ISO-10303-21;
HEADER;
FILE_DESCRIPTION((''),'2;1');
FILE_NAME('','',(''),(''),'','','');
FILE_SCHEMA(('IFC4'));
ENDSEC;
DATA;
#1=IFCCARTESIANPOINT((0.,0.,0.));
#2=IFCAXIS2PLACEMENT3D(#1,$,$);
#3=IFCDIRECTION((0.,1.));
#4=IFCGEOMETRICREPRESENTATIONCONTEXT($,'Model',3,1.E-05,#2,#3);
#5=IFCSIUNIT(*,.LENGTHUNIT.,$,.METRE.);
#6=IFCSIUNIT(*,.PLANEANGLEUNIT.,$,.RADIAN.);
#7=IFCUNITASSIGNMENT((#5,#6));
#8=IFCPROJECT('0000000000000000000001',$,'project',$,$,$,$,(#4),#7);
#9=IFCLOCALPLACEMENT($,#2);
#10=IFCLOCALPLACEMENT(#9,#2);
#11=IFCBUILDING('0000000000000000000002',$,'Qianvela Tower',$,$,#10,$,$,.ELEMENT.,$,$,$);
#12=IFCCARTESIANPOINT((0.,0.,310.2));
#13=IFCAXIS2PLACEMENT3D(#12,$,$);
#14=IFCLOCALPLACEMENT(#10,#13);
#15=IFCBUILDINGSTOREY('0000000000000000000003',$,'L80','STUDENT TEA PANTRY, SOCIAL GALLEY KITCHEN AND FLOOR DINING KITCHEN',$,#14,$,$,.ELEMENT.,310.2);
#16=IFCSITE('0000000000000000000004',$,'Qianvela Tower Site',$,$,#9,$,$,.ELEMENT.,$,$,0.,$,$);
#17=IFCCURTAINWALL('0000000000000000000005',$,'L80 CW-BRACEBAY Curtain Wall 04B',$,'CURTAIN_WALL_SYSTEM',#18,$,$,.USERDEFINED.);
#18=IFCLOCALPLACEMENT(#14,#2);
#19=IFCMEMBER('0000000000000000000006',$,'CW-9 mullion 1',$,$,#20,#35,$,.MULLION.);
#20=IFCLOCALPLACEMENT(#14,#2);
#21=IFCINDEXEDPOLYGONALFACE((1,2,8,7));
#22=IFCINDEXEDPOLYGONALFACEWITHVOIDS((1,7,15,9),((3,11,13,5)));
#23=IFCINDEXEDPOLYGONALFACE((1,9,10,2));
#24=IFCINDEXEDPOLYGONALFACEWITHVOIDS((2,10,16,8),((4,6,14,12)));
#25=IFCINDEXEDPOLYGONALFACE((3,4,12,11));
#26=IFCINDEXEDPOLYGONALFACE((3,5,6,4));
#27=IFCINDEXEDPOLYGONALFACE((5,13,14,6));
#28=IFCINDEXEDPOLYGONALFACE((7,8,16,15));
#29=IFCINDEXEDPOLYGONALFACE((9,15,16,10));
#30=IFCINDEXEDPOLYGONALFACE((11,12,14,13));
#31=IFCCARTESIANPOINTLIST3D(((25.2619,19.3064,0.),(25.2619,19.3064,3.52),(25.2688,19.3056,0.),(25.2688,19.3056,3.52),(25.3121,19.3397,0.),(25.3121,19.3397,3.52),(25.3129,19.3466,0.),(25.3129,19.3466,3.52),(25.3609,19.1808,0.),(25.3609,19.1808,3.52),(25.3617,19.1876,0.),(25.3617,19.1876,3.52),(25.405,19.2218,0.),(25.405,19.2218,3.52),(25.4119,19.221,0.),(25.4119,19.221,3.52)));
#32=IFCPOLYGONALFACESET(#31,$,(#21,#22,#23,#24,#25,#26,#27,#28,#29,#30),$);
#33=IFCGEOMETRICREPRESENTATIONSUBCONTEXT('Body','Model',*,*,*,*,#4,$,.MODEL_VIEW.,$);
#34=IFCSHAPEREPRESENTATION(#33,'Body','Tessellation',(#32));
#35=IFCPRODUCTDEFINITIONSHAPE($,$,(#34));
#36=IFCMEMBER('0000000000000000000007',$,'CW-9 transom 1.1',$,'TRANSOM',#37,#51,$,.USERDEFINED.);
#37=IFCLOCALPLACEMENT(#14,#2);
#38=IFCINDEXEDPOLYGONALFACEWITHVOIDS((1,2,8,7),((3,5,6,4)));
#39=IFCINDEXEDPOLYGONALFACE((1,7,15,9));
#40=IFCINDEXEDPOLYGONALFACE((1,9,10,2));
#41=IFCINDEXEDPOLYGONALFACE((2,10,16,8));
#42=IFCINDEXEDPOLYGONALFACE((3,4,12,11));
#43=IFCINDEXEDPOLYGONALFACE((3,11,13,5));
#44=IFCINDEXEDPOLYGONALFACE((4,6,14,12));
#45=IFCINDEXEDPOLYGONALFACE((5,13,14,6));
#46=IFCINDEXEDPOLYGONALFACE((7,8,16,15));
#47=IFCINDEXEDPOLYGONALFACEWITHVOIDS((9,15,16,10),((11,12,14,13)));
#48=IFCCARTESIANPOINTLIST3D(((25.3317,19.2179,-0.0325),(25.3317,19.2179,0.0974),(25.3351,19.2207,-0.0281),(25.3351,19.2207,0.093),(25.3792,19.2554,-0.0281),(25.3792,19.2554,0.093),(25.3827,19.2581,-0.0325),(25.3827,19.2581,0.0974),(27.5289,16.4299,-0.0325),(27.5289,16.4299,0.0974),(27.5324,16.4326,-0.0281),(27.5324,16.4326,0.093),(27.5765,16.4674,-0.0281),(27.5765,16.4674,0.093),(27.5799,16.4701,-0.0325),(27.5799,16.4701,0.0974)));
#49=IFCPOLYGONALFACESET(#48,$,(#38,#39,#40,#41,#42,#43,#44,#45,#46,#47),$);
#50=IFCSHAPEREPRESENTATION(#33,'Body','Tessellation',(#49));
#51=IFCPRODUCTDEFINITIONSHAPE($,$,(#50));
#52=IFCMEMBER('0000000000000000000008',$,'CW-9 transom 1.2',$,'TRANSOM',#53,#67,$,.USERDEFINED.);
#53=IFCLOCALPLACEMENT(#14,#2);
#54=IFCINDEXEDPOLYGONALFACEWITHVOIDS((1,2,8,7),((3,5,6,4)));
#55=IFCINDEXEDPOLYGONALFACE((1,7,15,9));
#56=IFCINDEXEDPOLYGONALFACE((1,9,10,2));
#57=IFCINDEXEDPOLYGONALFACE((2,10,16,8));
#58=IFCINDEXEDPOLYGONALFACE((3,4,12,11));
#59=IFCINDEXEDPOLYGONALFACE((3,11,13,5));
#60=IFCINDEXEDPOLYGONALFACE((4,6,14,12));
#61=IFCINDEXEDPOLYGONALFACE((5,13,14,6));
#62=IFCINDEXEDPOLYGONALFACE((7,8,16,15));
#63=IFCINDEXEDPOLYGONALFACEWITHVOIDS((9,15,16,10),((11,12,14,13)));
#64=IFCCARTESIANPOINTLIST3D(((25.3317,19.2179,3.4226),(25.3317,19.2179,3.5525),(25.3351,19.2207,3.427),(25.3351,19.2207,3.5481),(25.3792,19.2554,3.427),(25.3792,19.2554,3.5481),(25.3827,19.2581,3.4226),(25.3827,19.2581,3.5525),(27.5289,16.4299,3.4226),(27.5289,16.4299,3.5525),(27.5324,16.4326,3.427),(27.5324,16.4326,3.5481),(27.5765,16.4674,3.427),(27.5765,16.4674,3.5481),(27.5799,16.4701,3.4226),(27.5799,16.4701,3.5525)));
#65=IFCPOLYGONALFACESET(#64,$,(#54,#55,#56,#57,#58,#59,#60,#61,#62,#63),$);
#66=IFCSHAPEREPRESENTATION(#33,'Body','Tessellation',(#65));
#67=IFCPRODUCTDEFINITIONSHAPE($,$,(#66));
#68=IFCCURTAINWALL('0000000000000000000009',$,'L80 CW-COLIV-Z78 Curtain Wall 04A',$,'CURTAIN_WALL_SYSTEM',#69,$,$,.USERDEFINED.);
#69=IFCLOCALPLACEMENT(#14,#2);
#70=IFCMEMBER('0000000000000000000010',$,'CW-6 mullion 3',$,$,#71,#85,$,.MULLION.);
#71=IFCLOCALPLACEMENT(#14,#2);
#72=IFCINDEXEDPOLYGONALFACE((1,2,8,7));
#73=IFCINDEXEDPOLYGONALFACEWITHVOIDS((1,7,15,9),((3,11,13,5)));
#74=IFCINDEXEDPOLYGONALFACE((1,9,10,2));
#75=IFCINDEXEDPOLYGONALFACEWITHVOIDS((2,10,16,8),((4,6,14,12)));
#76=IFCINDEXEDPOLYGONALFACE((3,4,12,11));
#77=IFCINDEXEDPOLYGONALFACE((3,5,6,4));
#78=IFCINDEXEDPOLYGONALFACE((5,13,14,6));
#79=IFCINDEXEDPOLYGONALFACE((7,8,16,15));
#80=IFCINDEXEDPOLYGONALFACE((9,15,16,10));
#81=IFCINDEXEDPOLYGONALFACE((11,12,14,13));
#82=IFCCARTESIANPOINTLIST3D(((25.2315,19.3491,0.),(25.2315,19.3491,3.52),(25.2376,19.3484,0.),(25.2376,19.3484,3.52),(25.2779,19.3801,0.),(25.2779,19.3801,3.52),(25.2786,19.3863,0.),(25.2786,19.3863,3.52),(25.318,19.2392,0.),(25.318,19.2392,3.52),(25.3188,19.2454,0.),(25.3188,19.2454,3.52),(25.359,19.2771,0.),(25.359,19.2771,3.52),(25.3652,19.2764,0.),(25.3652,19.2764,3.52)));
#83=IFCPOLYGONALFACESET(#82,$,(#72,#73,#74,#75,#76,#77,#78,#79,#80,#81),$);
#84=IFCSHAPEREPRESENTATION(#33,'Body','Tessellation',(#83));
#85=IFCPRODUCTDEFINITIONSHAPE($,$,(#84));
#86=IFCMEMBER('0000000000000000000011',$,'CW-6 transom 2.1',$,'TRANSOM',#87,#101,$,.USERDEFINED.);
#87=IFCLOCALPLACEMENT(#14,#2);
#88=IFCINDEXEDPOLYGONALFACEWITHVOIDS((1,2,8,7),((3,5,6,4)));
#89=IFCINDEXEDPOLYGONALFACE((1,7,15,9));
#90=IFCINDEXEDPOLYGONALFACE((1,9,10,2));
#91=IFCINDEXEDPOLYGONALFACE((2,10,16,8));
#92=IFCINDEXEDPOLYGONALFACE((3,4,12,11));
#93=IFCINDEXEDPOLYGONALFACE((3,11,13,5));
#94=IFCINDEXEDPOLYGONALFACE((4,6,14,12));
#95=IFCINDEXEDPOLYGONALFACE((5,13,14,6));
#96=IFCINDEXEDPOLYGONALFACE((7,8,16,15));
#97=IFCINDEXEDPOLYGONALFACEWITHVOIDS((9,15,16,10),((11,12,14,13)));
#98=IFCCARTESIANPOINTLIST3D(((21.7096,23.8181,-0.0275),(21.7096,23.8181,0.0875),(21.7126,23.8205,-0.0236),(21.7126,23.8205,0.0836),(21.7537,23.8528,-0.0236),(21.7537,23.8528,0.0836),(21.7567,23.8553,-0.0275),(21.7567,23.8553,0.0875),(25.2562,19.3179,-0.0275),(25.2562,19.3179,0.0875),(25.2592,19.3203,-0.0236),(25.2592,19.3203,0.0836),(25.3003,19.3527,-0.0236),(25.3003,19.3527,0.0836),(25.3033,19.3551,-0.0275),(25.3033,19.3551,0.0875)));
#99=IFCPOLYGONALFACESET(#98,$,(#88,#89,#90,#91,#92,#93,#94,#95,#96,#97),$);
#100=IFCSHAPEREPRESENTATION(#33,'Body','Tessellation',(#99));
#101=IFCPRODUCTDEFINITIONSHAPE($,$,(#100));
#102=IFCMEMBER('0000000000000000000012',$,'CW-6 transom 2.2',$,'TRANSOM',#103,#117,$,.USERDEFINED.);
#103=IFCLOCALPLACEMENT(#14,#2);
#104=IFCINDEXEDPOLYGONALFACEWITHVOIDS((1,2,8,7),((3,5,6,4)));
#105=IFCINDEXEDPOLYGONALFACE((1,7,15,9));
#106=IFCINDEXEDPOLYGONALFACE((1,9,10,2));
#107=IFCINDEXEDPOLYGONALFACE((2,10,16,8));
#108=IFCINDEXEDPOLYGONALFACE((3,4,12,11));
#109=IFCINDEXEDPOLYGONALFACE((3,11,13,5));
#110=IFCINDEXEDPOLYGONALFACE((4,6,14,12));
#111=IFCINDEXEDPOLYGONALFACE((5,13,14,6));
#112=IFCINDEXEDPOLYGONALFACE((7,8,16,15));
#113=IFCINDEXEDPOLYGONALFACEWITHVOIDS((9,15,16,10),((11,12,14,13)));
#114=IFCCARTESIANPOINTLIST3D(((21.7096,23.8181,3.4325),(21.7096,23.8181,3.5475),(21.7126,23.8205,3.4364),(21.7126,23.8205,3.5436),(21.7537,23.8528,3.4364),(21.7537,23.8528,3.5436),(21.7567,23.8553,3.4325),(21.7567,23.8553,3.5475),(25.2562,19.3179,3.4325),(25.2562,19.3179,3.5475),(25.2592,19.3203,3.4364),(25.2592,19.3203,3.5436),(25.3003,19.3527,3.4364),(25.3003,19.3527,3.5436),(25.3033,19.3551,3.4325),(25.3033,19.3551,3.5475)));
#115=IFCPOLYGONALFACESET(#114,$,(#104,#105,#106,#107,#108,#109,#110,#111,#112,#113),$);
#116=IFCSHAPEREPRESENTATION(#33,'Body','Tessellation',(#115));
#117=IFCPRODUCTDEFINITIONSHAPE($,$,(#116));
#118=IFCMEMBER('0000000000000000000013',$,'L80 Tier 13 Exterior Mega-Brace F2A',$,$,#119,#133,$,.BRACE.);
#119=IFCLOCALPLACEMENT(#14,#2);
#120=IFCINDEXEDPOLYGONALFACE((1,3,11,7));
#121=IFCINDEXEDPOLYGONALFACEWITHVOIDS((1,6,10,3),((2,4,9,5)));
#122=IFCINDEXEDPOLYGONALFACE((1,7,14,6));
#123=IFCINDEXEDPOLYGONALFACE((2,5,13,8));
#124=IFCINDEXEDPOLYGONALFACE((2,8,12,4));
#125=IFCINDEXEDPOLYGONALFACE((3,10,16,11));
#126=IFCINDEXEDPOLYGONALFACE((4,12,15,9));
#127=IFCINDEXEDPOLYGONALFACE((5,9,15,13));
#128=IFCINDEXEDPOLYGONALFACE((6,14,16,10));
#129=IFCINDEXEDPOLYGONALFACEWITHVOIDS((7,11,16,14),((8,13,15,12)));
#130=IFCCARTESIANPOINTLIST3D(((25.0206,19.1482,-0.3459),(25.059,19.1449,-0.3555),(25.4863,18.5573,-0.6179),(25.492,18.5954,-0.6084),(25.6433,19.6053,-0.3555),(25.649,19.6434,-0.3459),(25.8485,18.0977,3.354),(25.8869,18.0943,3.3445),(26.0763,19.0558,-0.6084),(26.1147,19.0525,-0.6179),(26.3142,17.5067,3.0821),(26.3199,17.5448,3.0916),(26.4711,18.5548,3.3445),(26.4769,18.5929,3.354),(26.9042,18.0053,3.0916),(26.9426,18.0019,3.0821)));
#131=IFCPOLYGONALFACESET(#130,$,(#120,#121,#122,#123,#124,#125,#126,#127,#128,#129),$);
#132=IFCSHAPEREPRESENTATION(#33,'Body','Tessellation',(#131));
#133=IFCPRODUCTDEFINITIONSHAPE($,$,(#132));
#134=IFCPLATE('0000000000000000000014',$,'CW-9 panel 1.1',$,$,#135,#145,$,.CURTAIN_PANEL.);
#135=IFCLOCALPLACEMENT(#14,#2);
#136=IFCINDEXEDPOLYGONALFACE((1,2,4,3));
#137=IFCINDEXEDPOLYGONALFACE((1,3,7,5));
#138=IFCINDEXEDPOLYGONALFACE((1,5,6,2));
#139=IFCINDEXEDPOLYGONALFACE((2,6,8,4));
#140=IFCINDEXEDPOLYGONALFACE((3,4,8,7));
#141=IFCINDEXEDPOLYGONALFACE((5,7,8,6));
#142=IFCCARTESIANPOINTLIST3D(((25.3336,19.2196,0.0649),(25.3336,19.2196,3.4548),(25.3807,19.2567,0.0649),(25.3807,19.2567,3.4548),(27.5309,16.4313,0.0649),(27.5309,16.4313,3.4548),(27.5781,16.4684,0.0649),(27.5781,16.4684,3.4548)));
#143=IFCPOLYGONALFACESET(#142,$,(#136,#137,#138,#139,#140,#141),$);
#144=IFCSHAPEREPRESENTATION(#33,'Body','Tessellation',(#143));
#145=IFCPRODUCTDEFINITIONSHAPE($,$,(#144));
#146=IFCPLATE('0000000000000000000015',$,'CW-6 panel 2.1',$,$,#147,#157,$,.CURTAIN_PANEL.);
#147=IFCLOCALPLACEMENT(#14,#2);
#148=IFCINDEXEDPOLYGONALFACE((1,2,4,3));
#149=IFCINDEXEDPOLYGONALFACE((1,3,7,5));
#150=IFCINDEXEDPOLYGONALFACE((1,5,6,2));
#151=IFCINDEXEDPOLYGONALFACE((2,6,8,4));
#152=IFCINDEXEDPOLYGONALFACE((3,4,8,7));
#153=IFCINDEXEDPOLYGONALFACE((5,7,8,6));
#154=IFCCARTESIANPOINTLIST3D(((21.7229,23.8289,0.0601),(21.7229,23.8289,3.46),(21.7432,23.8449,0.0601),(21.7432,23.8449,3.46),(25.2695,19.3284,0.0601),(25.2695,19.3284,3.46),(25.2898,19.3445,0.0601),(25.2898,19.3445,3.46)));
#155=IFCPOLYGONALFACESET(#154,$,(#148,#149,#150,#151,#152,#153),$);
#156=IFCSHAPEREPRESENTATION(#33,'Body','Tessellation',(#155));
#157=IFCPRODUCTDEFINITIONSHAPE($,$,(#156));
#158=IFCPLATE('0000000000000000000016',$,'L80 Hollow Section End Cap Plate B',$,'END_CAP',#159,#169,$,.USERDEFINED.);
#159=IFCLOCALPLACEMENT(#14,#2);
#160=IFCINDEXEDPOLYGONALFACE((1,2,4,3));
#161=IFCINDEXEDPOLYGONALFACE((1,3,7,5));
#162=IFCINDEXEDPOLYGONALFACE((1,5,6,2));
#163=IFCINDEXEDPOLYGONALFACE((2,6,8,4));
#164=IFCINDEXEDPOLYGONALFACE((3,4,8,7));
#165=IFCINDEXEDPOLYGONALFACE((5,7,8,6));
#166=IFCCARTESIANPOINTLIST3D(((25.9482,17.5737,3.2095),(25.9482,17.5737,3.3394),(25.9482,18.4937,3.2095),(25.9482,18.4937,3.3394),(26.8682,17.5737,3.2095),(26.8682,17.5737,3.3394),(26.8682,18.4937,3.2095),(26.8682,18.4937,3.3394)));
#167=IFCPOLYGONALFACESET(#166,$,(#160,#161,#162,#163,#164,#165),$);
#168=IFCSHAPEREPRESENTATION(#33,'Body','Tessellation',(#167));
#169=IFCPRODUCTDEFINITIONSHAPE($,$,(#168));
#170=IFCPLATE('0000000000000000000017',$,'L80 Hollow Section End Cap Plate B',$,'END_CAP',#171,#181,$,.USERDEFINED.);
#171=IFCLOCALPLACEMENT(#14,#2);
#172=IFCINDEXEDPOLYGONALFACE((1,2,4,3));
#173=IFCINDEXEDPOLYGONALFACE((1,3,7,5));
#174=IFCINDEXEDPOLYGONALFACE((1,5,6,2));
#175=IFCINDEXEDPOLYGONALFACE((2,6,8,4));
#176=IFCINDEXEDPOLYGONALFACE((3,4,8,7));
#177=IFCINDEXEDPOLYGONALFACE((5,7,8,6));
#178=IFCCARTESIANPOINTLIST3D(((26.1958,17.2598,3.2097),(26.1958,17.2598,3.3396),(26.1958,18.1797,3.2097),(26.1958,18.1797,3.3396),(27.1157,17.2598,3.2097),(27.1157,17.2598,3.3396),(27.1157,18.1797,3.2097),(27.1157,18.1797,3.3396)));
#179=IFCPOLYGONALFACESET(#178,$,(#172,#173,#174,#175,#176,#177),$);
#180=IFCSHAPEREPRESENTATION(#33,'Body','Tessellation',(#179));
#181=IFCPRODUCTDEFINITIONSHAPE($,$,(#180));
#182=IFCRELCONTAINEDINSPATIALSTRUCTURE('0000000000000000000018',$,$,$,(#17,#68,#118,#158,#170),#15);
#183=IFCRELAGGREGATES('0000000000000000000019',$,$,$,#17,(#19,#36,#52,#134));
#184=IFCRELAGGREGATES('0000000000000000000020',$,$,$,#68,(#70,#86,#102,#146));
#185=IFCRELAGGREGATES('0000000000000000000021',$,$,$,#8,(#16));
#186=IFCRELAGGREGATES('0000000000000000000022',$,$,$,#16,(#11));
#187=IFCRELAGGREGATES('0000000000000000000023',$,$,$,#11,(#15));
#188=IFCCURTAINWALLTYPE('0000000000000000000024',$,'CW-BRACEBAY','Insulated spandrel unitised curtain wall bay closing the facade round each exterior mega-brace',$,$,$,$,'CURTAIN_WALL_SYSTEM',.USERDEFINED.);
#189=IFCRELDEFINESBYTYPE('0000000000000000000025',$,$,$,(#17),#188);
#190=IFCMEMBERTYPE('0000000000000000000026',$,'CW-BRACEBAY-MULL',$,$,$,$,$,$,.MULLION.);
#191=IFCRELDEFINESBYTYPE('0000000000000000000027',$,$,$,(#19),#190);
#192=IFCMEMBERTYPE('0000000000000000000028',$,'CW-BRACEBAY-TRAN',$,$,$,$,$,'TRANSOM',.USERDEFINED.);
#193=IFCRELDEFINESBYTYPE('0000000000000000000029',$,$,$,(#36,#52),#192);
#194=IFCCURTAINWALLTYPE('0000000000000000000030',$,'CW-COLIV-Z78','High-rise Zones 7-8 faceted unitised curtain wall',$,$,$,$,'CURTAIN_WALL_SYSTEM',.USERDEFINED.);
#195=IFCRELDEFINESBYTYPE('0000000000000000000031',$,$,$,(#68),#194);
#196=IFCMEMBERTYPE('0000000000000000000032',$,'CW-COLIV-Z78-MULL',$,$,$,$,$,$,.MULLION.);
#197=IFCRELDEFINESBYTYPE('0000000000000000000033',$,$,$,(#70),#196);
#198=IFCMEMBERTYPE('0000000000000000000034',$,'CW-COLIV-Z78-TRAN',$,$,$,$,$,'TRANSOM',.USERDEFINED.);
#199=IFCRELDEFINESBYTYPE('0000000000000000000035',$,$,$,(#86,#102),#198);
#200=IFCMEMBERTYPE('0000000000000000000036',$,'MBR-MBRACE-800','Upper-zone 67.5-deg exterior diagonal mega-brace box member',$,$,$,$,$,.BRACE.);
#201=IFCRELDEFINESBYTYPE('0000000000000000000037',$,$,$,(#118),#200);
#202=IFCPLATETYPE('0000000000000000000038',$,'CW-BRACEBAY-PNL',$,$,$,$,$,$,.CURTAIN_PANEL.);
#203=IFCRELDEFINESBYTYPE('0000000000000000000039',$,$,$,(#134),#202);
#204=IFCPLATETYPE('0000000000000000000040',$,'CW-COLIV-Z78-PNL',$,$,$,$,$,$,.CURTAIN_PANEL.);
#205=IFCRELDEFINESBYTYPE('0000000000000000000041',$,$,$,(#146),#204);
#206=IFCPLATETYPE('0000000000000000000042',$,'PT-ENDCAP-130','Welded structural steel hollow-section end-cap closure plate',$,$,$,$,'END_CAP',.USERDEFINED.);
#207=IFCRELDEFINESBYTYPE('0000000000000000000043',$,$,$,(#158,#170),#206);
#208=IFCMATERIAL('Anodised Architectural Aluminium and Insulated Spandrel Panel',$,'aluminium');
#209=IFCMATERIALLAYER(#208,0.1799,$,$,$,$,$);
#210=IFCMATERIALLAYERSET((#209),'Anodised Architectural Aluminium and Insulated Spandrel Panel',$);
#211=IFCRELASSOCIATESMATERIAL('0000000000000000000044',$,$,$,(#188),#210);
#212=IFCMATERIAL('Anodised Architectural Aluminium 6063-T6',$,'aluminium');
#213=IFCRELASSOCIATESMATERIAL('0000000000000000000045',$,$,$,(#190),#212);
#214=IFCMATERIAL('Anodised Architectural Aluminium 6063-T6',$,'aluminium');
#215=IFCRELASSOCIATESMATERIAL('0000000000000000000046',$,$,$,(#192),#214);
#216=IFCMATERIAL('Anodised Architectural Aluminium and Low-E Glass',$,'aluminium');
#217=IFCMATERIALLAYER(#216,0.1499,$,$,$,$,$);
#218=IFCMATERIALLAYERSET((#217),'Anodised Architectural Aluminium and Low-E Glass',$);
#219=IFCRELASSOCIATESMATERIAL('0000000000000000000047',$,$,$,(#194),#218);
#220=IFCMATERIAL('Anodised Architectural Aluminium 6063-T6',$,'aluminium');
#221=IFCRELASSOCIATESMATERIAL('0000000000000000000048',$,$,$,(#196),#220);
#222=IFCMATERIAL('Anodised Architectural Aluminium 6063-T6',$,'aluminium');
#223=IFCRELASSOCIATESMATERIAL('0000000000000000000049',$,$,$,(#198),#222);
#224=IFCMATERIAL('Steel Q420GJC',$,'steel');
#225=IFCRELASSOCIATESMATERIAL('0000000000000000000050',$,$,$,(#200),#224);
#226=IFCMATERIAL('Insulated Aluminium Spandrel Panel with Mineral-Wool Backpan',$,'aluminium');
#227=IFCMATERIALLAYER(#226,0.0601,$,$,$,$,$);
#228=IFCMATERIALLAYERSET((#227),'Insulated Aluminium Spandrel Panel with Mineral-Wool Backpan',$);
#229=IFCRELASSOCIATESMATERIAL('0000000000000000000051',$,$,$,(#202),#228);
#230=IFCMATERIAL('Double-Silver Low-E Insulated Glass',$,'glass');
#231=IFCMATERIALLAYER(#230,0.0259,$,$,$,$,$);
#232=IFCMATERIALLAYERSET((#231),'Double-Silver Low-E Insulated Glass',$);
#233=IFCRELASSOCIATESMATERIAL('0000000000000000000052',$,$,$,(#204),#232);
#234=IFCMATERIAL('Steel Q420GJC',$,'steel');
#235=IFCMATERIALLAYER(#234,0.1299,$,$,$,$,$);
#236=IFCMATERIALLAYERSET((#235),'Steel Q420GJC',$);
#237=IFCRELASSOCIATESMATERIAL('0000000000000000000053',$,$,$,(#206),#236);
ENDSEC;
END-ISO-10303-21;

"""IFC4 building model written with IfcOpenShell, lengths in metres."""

from ifc_helpers import new_model, si_unit, direction, frame, origin, origin_2d, place, context, subcontext, project, spatial, rectangle, hollow_rectangle, extrude, material, layer, layer_set, material_profile, profile_set, type_object, element, aggregate, save


model = new_model("IFC4")

# Units and contexts
model_context = context("Model", 3, precision=1e-05, world=origin(), true_north=direction((0.0, 1.0)))
body_context = subcontext(model_context, "Body", "Model", "MODEL_VIEW")
ifc_project = project(units=[si_unit("LENGTHUNIT", "METRE"), si_unit("PLANEANGLEUNIT", "RADIAN")], contexts=[model_context])

# Site, building, storey
site_placement = place(None, origin())
site = spatial("IfcSite", under=ifc_project, at=site_placement, Name="Qianvela Tower Site", CompositionType="ELEMENT", RefElevation=0.0)
building_placement = place(site_placement, origin())
building = spatial("IfcBuilding", under=site, at=building_placement, Name="Qianvela Tower", CompositionType="ELEMENT")
storey_placement = place(building_placement, frame((0.0, 0.0, 310.2)))
storey = spatial("IfcBuildingStorey", under=building, at=storey_placement, Name="L80", Description="STUDENT TEA PANTRY, SOCIAL GALLEY KITCHEN AND FLOOR DINING KITCHEN", CompositionType="ELEMENT", Elevation=310.2)

# Curtain walls, members
ifc_material_1 = material(Name="Anodised Architectural Aluminium and Insulated Spandrel Panel", Category="aluminium")
ifc_layer_1 = layer(ifc_material_1, 0.1799)
ifc_layer_set_1 = layer_set([ifc_layer_1], Name="Anodised Architectural Aluminium and Insulated Spandrel Panel")
curtain_wall_type_1 = type_object("IfcCurtainWallType", Name="CW-BRACEBAY", Description="Insulated spandrel unitised curtain wall bay closing the facade round each exterior mega-brace", ElementType="CURTAIN_WALL_SYSTEM", PredefinedType="USERDEFINED", material=ifc_layer_set_1)
curtain_wall_1_placement = place(storey_placement, origin())
curtain_wall_1 = element("IfcCurtainWall", 1, at=curtain_wall_1_placement, inside=storey, type_object=curtain_wall_type_1, Name="L80 CW-BRACEBAY Curtain Wall 04B", ObjectType="CURTAIN_WALL_SYSTEM", PredefinedType="USERDEFINED")
ifc_material_2 = material(Name="Anodised Architectural Aluminium 6063-T6", Category="aluminium")
ifc_material_profile_1 = material_profile(ifc_material_2, hollow_rectangle(XDim=0.0649, YDim=0.1599, WallThickness=0.0049, at=origin_2d()), Name="ALU-MULL-65x160")
ifc_profile_set_1 = profile_set([ifc_material_profile_1], Name="Anodised Architectural Aluminium 6063-T6")
member_type_1 = type_object("IfcMemberType", Name="CW-BRACEBAY-MULL", PredefinedType="MULLION", material=ifc_profile_set_1)
member_1_placement = place(storey_placement, frame((25.3369, 19.2637, 0.0), z_axis=(0.0, 0.0, 1.0), x_axis=(0.785424, 0.618959, 0.0)))
member_1 = element("IfcMember", 2, at=member_1_placement, type_object=member_type_1, Name="CW-9 mullion 1", PredefinedType="MULLION", context=body_context, shape_type="SweptSolid", body=[
    extrude(hollow_rectangle(XDim=0.0649, YDim=0.1599, WallThickness=0.0049, at=origin_2d()), origin(), (0.0, 0.0, 1.0), 3.52),
])
ifc_material_3 = material(Name="Anodised Architectural Aluminium 6063-T6", Category="aluminium")
ifc_material_profile_2 = material_profile(ifc_material_3, hollow_rectangle(XDim=0.0649, YDim=0.1299, WallThickness=0.0044, at=origin_2d()), Name="ALU-TRAN-65x130")
ifc_profile_set_2 = profile_set([ifc_material_profile_2], Name="Anodised Architectural Aluminium 6063-T6")
member_type_2 = type_object("IfcMemberType", Name="CW-BRACEBAY-TRAN", ElementType="TRANSOM", PredefinedType="USERDEFINED", material=ifc_profile_set_2)
member_2_placement = place(storey_placement, frame((25.3572, 19.238, 0.0325), z_axis=(0.618975, -0.785411, 0.0), x_axis=(0.785411, 0.618975, 0.0)))
member_2 = element("IfcMember", 3, at=member_2_placement, type_object=member_type_2, Name="CW-9 transom 1.1", ObjectType="TRANSOM", PredefinedType="USERDEFINED", context=body_context, shape_type="SweptSolid", body=[
    extrude(hollow_rectangle(XDim=0.0649, YDim=0.1299, WallThickness=0.0044, at=origin_2d()), origin(), (0.0, 0.0, 1.0), 3.5498),
])
member_3_placement = place(storey_placement, frame((25.3572, 19.238, 3.4875), z_axis=(0.618975, -0.785411, 0.0), x_axis=(0.785411, 0.618975, 0.0)))
member_3 = element("IfcMember", 4, at=member_3_placement, type_object=member_type_2, Name="CW-9 transom 1.2", ObjectType="TRANSOM", PredefinedType="USERDEFINED", context=body_context, shape_type="SweptSolid", body=[
    extrude(hollow_rectangle(XDim=0.0649, YDim=0.1299, WallThickness=0.0044, at=origin_2d()), origin(), (0.0, 0.0, 1.0), 3.5498),
])
ifc_material_4 = material(Name="Anodised Architectural Aluminium and Low-E Glass", Category="aluminium")
ifc_layer_2 = layer(ifc_material_4, 0.1499)
ifc_layer_set_2 = layer_set([ifc_layer_2], Name="Anodised Architectural Aluminium and Low-E Glass")
curtain_wall_type_2 = type_object("IfcCurtainWallType", Name="CW-COLIV-Z78", Description="High-rise Zones 7-8 faceted unitised curtain wall", ElementType="CURTAIN_WALL_SYSTEM", PredefinedType="USERDEFINED", material=ifc_layer_set_2)
curtain_wall_2_placement = place(storey_placement, origin())
curtain_wall_2 = element("IfcCurtainWall", 5, at=curtain_wall_2_placement, inside=storey, type_object=curtain_wall_type_2, Name="L80 CW-COLIV-Z78 Curtain Wall 04A", ObjectType="CURTAIN_WALL_SYSTEM", PredefinedType="USERDEFINED")
ifc_material_5 = material(Name="Anodised Architectural Aluminium 6063-T6", Category="aluminium")
ifc_material_profile_3 = material_profile(ifc_material_5, hollow_rectangle(XDim=0.0601, YDim=0.1399, WallThickness=0.0044, at=origin_2d()), Name="ALU-MULL-60x140")
ifc_profile_set_3 = profile_set([ifc_material_profile_3], Name="Anodised Architectural Aluminium 6063-T6")
member_type_3 = type_object("IfcMemberType", Name="CW-COLIV-Z78-MULL", PredefinedType="MULLION", material=ifc_profile_set_3)
member_4_placement = place(storey_placement, frame((25.2983, 19.3127, 0.0), z_axis=(0.0, 0.0, 1.0), x_axis=(0.785422, 0.618961, 0.0)))
member_4 = element("IfcMember", 6, at=member_4_placement, type_object=member_type_3, Name="CW-6 mullion 3", PredefinedType="MULLION", context=body_context, shape_type="SweptSolid", body=[
    extrude(hollow_rectangle(XDim=0.0601, YDim=0.1399, WallThickness=0.0044, at=origin_2d()), origin(), (0.0, 0.0, 1.0), 3.52),
])
ifc_material_6 = material(Name="Anodised Architectural Aluminium 6063-T6", Category="aluminium")
ifc_material_profile_4 = material_profile(ifc_material_6, hollow_rectangle(XDim=0.0601, YDim=0.115, WallThickness=0.0039, at=origin_2d()), Name="ALU-TRAN-60x115")
ifc_profile_set_4 = profile_set([ifc_material_profile_4], Name="Anodised Architectural Aluminium 6063-T6")
member_type_4 = type_object("IfcMemberType", Name="CW-COLIV-Z78-TRAN", ElementType="TRANSOM", PredefinedType="USERDEFINED", material=ifc_profile_set_4)
member_5_placement = place(storey_placement, frame((21.7332, 23.8367, 0.03), z_axis=(0.618978, -0.785408, 0.0), x_axis=(0.785408, 0.618978, 0.0)))
member_5 = element("IfcMember", 7, at=member_5_placement, type_object=member_type_4, Name="CW-6 transom 2.1", ObjectType="TRANSOM", PredefinedType="USERDEFINED", context=body_context, shape_type="SweptSolid", body=[
    extrude(hollow_rectangle(XDim=0.0601, YDim=0.115, WallThickness=0.0039, at=origin_2d()), origin(), (0.0, 0.0, 1.0), 5.7297),
])
member_6_placement = place(storey_placement, frame((21.7332, 23.8367, 3.49), z_axis=(0.618978, -0.785408, 0.0), x_axis=(0.785408, 0.618978, 0.0)))
member_6 = element("IfcMember", 8, at=member_6_placement, type_object=member_type_4, Name="CW-6 transom 2.2", ObjectType="TRANSOM", PredefinedType="USERDEFINED", context=body_context, shape_type="SweptSolid", body=[
    extrude(hollow_rectangle(XDim=0.0601, YDim=0.115, WallThickness=0.0039, at=origin_2d()), origin(), (0.0, 0.0, 1.0), 5.7297),
])

# Member
ifc_material_7 = material(Name="Steel Q420GJC", Category="steel")
ifc_material_profile_5 = material_profile(ifc_material_7, hollow_rectangle(XDim=0.8, YDim=0.8, WallThickness=0.0281, at=origin_2d()), Name="MBOX-800x800x28")
ifc_profile_set_5 = profile_set([ifc_material_profile_5], Name="Steel Q420GJC")
member_type_5 = type_object("IfcMemberType", Name="MBR-MBRACE-800", Description="Upper-zone 67.5-deg exterior diagonal mega-brace box member", PredefinedType="BRACE", material=ifc_profile_set_5)
member_7_placement = place(storey_placement, frame((25.5676, 19.1003, -0.4819), z_axis=(0.210427, -0.267021, 0.940436), x_axis=(0.785424, 0.618958, 0.0)))
element("IfcMember", 9, at=member_7_placement, inside=storey, type_object=member_type_5, Name="L80 Tier 13 Exterior Mega-Brace F2A", PredefinedType="BRACE", context=body_context, shape_type="SweptSolid", body=[
    extrude(hollow_rectangle(XDim=0.8, YDim=0.8, WallThickness=0.0281, at=origin_2d()), origin(), (0.0, 0.0, 1.0), 3.9343),
])

# Plates
ifc_material_8 = material(Name="Insulated Aluminium Spandrel Panel with Mineral-Wool Backpan", Category="aluminium")
ifc_layer_3 = layer(ifc_material_8, 0.0601)
ifc_layer_set_3 = layer_set([ifc_layer_3], Name="Insulated Aluminium Spandrel Panel with Mineral-Wool Backpan")
plate_type_1 = type_object("IfcPlateType", Name="CW-BRACEBAY-PNL", PredefinedType="CURTAIN_PANEL", material=ifc_layer_set_3)
plate_1_placement = place(storey_placement, frame((26.4558, 17.844, 0.0649), z_axis=(0.0, 0.0, 1.0), x_axis=(0.618959, -0.785424, 0.0)))
plate_1 = element("IfcPlate", 10, at=plate_1_placement, type_object=plate_type_1, Name="CW-9 panel 1.1", PredefinedType="CURTAIN_PANEL", context=body_context, shape_type="SweptSolid", body=[
    extrude(rectangle(XDim=3.55, YDim=0.0601, at=origin_2d()), origin(), (0.0, 0.0, 1.0), 3.3899),
])
aggregate(curtain_wall_1, [member_1, member_2, member_3, plate_1])
ifc_material_9 = material(Name="Double-Silver Low-E Insulated Glass", Category="glass")
ifc_layer_4 = layer(ifc_material_9, 0.0259)
ifc_layer_set_4 = layer_set([ifc_layer_4], Name="Double-Silver Low-E Insulated Glass")
plate_type_2 = type_object("IfcPlateType", Name="CW-COLIV-Z78-PNL", PredefinedType="CURTAIN_PANEL", material=ifc_layer_set_4)
plate_2_placement = place(storey_placement, frame((23.5063, 21.5867, 0.0601), z_axis=(0.0, 0.0, 1.0), x_axis=(0.618961, -0.785422, 0.0)))
plate_2 = element("IfcPlate", 11, at=plate_2_placement, type_object=plate_type_2, Name="CW-6 panel 2.1", PredefinedType="CURTAIN_PANEL", context=body_context, shape_type="SweptSolid", body=[
    extrude(rectangle(XDim=5.73, YDim=0.0259, at=origin_2d()), origin(), (0.0, 0.0, 1.0), 3.3999),
])
aggregate(curtain_wall_2, [member_4, member_5, member_6, plate_2])

# Plates
ifc_material_10 = material(Name="Steel Q420GJC", Category="steel")
ifc_layer_5 = layer(ifc_material_10, 0.1299)
ifc_layer_set_5 = layer_set([ifc_layer_5], Name="Steel Q420GJC")
plate_type_3 = type_object("IfcPlateType", Name="PT-ENDCAP-130", Description="Welded structural steel hollow-section end-cap closure plate", ElementType="END_CAP", PredefinedType="USERDEFINED", material=ifc_layer_set_5)
for number, where, z_axis, x_axis, name in (
    (12, (26.4082, 18.0337, 3.2095), (0.0, 0.0, 1.0), (1.0, 0.0, 0.0), "L80 Hollow Section End Cap Plate B"),
    (13, (26.6558, 17.7197, 3.2097), (0.0, 0.0, 1.0), (1.0, 0.0, 0.0), "L80 Hollow Section End Cap Plate B"),
):
    element("IfcPlate", number, at=place(storey_placement, frame(where, z_axis=z_axis, x_axis=x_axis)), inside=storey, type_object=plate_type_3, Name=name, ObjectType="END_CAP", PredefinedType="USERDEFINED", context=body_context, shape_type="SweptSolid", body=[
        extrude(rectangle(XDim=0.9199, YDim=0.9199, at=origin_2d()), origin(), (0.0, 0.0, 1.0), 0.1299),
    ])

save(model, "model.ifc")
